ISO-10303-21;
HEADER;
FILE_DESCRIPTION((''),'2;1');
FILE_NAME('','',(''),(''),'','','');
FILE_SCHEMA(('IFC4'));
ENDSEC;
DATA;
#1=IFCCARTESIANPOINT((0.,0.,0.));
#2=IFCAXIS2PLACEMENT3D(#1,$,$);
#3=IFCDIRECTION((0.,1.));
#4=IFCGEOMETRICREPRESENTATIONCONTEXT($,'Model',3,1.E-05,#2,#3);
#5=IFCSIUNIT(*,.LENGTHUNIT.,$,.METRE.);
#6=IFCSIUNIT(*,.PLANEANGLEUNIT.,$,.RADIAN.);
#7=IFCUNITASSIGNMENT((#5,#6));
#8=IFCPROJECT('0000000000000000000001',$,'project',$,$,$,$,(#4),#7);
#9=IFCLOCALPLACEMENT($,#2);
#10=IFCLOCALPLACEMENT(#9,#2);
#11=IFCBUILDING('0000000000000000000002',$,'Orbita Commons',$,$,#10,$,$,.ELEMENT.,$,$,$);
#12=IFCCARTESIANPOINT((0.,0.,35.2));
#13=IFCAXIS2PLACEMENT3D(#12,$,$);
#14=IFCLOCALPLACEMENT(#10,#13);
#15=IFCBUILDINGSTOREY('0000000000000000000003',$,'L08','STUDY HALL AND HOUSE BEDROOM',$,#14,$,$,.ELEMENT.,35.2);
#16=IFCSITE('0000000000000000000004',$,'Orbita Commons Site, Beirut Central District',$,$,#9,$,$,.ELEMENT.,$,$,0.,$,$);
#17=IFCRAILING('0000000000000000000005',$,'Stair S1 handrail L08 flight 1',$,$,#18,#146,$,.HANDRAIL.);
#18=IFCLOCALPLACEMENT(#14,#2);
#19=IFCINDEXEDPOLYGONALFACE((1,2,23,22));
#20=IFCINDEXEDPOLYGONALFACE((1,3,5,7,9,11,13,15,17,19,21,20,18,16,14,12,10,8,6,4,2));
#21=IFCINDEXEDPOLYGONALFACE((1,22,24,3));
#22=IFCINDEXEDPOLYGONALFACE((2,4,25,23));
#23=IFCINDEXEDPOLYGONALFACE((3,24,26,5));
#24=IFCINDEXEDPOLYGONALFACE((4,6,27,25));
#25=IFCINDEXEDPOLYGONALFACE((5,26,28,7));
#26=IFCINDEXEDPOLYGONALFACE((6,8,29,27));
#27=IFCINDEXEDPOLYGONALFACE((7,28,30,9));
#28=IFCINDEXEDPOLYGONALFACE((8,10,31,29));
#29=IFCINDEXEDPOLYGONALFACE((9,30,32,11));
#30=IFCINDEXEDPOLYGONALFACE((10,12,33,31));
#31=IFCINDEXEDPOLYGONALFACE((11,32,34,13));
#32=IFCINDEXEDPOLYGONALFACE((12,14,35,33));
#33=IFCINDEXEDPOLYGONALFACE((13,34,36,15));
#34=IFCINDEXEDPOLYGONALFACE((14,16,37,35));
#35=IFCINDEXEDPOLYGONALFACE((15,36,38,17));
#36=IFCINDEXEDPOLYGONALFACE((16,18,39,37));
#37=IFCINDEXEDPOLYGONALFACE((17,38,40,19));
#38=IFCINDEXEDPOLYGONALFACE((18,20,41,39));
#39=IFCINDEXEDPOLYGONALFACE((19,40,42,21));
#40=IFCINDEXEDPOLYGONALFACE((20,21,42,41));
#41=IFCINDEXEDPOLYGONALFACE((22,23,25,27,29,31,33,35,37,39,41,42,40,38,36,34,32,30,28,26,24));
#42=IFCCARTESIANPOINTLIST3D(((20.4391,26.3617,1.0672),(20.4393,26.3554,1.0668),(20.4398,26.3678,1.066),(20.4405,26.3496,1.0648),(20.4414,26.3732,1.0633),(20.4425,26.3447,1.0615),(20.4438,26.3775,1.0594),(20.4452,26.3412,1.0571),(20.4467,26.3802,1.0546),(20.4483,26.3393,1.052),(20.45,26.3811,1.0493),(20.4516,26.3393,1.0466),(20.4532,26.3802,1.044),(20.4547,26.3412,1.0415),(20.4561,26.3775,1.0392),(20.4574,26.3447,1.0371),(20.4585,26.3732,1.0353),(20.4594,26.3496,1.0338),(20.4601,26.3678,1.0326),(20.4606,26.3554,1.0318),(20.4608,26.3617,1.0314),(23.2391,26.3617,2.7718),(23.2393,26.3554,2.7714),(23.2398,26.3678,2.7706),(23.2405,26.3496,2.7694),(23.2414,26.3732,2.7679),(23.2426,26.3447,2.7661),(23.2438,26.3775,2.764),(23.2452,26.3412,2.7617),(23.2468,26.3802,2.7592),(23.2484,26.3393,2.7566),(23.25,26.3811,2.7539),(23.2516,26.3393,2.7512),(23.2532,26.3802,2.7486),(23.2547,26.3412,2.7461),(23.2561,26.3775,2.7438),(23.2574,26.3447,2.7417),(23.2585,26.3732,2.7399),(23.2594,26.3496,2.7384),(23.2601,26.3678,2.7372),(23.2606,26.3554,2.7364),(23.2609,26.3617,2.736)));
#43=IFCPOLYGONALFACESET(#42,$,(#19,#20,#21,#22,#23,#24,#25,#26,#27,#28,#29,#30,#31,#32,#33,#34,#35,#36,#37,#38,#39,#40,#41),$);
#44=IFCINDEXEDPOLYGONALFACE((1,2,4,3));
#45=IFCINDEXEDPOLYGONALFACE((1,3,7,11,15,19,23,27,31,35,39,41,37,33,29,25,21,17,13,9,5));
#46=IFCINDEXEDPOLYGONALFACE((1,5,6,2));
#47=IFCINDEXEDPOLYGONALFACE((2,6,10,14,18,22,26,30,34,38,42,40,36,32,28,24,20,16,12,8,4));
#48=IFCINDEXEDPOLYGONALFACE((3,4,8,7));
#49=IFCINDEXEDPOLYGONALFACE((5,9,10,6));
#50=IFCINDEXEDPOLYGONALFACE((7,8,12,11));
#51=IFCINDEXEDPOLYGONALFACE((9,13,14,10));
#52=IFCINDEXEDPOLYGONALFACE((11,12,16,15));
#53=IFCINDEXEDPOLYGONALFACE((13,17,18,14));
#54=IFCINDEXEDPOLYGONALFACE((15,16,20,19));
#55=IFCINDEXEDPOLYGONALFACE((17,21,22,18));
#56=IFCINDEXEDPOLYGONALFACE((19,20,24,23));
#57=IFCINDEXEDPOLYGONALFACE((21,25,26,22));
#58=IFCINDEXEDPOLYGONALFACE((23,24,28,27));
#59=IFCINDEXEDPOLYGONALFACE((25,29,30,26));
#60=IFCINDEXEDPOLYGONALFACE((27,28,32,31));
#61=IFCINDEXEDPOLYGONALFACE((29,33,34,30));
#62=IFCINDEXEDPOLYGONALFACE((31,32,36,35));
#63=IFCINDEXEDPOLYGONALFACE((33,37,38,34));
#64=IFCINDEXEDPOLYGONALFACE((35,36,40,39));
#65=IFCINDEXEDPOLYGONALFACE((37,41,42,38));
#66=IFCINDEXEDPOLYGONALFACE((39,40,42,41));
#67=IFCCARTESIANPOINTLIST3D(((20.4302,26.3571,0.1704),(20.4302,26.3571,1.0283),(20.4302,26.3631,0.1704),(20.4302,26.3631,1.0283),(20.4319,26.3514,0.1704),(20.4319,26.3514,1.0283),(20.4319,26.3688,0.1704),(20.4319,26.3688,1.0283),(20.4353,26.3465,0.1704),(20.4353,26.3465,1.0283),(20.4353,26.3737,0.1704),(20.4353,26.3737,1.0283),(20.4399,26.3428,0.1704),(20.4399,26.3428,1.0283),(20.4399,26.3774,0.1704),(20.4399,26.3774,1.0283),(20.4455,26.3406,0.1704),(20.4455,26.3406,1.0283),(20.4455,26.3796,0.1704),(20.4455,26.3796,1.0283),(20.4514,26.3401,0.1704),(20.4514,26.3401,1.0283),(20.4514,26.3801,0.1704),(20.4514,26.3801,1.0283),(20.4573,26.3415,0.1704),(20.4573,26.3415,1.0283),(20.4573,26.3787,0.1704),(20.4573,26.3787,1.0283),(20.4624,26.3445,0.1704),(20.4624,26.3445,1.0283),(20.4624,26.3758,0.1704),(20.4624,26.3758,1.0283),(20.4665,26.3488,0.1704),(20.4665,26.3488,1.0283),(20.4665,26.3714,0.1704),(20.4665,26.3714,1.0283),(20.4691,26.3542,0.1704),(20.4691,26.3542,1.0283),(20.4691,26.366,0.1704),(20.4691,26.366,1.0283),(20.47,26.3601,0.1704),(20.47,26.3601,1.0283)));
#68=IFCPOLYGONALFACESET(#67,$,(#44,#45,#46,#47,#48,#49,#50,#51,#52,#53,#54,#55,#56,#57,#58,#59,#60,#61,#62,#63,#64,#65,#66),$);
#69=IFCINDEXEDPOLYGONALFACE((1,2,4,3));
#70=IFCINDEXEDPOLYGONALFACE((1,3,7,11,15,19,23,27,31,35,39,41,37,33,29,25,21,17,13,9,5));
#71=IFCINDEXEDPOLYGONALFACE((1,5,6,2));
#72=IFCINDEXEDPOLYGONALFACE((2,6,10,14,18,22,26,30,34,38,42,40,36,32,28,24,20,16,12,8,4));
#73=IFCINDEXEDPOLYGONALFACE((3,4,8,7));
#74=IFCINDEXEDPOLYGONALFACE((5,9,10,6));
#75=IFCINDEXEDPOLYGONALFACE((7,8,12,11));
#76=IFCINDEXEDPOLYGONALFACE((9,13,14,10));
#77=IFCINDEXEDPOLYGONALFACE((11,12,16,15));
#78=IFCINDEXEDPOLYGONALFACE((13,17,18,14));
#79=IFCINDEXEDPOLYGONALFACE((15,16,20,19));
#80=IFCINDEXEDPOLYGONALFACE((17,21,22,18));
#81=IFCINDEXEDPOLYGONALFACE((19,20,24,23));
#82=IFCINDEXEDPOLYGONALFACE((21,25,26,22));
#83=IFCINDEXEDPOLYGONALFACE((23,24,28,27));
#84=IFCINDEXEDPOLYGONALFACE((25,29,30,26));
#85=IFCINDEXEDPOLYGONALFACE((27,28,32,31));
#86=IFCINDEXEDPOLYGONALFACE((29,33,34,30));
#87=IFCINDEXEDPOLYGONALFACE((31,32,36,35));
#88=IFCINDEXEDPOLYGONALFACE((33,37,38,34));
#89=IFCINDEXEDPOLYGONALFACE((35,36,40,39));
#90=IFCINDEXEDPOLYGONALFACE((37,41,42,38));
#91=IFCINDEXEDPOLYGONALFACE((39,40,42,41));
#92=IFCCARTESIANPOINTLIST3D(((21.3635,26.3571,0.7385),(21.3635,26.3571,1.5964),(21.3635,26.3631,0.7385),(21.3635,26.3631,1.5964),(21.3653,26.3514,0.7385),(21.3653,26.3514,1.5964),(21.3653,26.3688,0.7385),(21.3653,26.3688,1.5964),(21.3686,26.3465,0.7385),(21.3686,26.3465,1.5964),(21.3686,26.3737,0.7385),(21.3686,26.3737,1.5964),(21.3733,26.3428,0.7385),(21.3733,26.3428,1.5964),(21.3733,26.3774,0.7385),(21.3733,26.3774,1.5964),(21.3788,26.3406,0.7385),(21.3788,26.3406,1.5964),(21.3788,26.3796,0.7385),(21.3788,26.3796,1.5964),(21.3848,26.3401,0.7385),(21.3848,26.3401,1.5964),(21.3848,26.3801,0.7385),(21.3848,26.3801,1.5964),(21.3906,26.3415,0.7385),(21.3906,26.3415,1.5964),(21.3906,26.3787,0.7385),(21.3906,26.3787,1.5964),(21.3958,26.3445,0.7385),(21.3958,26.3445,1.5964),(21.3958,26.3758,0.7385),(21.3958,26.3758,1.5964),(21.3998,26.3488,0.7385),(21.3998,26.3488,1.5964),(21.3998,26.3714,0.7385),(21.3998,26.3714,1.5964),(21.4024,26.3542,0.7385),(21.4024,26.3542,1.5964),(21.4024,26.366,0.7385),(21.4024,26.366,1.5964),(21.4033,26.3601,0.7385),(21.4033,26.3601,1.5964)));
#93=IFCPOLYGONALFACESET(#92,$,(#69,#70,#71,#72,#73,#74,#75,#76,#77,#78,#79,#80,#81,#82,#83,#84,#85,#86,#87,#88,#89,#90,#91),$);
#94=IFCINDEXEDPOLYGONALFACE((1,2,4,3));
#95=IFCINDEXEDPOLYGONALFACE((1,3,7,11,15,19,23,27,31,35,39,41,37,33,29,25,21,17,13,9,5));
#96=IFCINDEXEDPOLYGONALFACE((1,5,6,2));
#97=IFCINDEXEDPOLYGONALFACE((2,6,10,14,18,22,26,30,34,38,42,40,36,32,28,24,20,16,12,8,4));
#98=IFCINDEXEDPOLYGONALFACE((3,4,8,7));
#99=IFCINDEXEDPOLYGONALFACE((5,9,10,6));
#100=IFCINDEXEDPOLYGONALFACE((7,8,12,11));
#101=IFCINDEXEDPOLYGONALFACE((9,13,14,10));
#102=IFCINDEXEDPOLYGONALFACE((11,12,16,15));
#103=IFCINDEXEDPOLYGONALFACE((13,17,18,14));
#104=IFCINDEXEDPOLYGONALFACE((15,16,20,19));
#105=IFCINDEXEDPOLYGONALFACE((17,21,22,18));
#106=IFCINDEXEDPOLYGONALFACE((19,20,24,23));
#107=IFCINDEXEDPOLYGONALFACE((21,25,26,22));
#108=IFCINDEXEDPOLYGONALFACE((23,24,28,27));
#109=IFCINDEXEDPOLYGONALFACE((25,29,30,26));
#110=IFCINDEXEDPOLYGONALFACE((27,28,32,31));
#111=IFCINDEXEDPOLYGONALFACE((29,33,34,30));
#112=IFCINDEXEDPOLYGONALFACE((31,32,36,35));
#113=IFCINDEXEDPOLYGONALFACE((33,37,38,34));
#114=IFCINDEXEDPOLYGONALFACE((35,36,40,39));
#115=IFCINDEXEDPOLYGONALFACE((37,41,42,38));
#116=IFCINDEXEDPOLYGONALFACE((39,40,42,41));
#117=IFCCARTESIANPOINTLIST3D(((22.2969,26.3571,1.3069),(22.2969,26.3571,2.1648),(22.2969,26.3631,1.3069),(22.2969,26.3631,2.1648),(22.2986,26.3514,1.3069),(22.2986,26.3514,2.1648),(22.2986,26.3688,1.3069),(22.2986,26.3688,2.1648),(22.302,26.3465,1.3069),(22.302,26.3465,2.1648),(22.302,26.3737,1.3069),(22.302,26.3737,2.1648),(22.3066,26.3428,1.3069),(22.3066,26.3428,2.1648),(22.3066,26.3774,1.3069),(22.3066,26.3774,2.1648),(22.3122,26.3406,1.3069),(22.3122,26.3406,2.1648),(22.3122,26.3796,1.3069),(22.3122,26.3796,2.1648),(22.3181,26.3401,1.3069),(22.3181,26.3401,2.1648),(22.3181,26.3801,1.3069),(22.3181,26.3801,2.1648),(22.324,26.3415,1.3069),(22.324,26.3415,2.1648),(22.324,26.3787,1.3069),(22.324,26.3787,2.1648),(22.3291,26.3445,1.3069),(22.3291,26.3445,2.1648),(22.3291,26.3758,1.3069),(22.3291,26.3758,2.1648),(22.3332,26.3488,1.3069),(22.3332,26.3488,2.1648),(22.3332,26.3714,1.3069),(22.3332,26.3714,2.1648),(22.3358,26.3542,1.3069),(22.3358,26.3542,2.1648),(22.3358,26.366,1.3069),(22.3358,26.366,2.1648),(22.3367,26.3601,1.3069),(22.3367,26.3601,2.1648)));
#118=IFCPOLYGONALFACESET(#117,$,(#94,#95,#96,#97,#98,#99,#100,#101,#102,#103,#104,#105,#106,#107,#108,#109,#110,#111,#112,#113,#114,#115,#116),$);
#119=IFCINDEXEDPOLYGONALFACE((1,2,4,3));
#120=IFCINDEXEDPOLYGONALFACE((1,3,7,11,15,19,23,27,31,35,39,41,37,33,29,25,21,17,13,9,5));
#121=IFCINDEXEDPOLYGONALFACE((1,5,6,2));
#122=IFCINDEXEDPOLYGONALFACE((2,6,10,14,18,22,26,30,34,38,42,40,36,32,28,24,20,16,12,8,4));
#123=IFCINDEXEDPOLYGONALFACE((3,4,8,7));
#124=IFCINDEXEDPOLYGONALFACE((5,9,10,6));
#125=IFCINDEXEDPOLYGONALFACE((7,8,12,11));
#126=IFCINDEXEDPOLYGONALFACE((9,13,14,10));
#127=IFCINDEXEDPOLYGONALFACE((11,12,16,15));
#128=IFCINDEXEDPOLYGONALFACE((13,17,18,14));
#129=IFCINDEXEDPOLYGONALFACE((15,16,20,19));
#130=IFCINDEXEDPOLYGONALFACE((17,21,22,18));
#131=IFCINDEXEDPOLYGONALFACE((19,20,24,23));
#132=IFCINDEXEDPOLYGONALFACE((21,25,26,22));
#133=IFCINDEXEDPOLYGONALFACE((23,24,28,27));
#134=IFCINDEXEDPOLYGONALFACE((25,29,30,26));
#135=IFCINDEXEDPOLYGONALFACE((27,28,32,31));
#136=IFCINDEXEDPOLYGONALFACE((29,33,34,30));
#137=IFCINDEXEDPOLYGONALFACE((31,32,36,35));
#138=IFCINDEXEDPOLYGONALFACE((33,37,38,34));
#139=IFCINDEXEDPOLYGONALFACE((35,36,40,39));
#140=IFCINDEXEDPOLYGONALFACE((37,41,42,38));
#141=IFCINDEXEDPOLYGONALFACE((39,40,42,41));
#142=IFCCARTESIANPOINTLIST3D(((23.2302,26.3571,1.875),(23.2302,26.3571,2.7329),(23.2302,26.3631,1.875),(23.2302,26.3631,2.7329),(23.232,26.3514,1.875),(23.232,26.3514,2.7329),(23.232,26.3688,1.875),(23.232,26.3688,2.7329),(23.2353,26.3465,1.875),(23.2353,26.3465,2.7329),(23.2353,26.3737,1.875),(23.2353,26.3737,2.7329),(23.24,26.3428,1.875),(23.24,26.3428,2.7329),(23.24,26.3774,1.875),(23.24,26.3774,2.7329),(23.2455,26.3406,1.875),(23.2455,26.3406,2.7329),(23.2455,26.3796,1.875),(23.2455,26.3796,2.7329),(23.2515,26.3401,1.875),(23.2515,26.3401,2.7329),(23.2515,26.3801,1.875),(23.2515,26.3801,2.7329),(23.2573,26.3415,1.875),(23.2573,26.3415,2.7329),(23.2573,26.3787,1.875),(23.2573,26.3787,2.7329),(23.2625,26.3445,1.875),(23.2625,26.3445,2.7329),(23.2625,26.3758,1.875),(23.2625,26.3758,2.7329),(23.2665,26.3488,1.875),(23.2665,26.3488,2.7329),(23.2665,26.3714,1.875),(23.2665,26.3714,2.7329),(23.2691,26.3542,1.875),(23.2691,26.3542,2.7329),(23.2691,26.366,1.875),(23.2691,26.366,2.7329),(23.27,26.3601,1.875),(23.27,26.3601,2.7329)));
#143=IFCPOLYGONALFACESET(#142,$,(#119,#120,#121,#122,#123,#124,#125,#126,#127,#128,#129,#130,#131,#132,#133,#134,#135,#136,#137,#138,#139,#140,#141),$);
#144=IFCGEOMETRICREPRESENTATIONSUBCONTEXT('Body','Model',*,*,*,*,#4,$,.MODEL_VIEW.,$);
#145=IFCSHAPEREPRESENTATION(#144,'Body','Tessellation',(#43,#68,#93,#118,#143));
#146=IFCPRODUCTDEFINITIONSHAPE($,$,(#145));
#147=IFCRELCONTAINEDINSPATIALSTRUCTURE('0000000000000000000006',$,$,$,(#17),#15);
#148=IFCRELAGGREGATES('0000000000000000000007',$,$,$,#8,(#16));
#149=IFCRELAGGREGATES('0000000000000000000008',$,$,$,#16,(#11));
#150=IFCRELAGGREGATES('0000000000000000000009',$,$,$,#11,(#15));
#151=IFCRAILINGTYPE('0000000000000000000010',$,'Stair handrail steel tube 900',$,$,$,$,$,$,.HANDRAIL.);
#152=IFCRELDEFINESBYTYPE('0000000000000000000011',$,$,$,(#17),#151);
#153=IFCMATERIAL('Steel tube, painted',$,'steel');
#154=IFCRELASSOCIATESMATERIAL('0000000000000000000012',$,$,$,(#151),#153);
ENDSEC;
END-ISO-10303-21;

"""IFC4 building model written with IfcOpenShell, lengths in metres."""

from ifc_helpers import new_model, si_unit, direction, frame, origin, origin_2d, place, context, subcontext, project, spatial, circle, extrude, material, type_object, element, save


model = new_model("IFC4")

# Units and contexts
model_context = context("Model", 3, precision=1e-05, world=origin(), true_north=direction((0.0, 1.0)))
body_context = subcontext(model_context, "Body", "Model", "MODEL_VIEW")
ifc_project = project(units=[si_unit("LENGTHUNIT", "METRE"), si_unit("PLANEANGLEUNIT", "RADIAN")], contexts=[model_context])

# Site, building, storey
site_placement = place(None, origin())
site = spatial("IfcSite", under=ifc_project, at=site_placement, Name="Orbita Commons Site, Beirut Central District", CompositionType="ELEMENT", RefElevation=0.0)
building_placement = place(site_placement, origin())
building = spatial("IfcBuilding", under=site, at=building_placement, Name="Orbita Commons", CompositionType="ELEMENT")
storey_placement = place(building_placement, frame((0.0, 0.0, 35.2)))
storey = spatial("IfcBuildingStorey", under=building, at=storey_placement, Name="L08", Description="STUDY HALL AND HOUSE BEDROOM", CompositionType="ELEMENT", Elevation=35.2)

# Railing
ifc_material_1 = material(Name="Steel tube, painted", Category="steel")
railing_type = type_object("IfcRailingType", Name="Stair handrail steel tube 900", PredefinedType="HANDRAIL", material=ifc_material_1)
for number, where, name in (
    (1, (20.45, 26.3601, 0.1704), "Stair S1 handrail L08 flight 1"),
):
    element("IfcRailing", number, at=place(storey_placement, frame(where)), inside=storey, type_object=railing_type, Name=name, PredefinedType="HANDRAIL", context=body_context, shape_type="SweptSolid", body=[
        extrude(circle(Radius=0.021, at=origin_2d()), frame((0.0, 0.0, 0.8789), z_axis=(0.85417, 0.0, 0.519994), x_axis=(0.0, 1.0, 0.0)), (0.0, 0.0, 1.0), 3.2781),
        extrude(circle(Radius=0.02, at=origin_2d()), origin(), (0.0, 0.0, 1.0), 0.8579),
        extrude(circle(Radius=0.02, at=origin_2d()), frame((0.9333, 0.0, 0.5681)), (0.0, 0.0, 1.0), 0.8579),
        extrude(circle(Radius=0.02, at=origin_2d()), frame((1.8667, 0.0, 1.1365)), (0.0, 0.0, 1.0), 0.8579),
        extrude(circle(Radius=0.02, at=origin_2d()), frame((2.8, 0.0, 1.7046)), (0.0, 0.0, 1.0), 0.8579),
    ])

save(model, "model.ifc")
